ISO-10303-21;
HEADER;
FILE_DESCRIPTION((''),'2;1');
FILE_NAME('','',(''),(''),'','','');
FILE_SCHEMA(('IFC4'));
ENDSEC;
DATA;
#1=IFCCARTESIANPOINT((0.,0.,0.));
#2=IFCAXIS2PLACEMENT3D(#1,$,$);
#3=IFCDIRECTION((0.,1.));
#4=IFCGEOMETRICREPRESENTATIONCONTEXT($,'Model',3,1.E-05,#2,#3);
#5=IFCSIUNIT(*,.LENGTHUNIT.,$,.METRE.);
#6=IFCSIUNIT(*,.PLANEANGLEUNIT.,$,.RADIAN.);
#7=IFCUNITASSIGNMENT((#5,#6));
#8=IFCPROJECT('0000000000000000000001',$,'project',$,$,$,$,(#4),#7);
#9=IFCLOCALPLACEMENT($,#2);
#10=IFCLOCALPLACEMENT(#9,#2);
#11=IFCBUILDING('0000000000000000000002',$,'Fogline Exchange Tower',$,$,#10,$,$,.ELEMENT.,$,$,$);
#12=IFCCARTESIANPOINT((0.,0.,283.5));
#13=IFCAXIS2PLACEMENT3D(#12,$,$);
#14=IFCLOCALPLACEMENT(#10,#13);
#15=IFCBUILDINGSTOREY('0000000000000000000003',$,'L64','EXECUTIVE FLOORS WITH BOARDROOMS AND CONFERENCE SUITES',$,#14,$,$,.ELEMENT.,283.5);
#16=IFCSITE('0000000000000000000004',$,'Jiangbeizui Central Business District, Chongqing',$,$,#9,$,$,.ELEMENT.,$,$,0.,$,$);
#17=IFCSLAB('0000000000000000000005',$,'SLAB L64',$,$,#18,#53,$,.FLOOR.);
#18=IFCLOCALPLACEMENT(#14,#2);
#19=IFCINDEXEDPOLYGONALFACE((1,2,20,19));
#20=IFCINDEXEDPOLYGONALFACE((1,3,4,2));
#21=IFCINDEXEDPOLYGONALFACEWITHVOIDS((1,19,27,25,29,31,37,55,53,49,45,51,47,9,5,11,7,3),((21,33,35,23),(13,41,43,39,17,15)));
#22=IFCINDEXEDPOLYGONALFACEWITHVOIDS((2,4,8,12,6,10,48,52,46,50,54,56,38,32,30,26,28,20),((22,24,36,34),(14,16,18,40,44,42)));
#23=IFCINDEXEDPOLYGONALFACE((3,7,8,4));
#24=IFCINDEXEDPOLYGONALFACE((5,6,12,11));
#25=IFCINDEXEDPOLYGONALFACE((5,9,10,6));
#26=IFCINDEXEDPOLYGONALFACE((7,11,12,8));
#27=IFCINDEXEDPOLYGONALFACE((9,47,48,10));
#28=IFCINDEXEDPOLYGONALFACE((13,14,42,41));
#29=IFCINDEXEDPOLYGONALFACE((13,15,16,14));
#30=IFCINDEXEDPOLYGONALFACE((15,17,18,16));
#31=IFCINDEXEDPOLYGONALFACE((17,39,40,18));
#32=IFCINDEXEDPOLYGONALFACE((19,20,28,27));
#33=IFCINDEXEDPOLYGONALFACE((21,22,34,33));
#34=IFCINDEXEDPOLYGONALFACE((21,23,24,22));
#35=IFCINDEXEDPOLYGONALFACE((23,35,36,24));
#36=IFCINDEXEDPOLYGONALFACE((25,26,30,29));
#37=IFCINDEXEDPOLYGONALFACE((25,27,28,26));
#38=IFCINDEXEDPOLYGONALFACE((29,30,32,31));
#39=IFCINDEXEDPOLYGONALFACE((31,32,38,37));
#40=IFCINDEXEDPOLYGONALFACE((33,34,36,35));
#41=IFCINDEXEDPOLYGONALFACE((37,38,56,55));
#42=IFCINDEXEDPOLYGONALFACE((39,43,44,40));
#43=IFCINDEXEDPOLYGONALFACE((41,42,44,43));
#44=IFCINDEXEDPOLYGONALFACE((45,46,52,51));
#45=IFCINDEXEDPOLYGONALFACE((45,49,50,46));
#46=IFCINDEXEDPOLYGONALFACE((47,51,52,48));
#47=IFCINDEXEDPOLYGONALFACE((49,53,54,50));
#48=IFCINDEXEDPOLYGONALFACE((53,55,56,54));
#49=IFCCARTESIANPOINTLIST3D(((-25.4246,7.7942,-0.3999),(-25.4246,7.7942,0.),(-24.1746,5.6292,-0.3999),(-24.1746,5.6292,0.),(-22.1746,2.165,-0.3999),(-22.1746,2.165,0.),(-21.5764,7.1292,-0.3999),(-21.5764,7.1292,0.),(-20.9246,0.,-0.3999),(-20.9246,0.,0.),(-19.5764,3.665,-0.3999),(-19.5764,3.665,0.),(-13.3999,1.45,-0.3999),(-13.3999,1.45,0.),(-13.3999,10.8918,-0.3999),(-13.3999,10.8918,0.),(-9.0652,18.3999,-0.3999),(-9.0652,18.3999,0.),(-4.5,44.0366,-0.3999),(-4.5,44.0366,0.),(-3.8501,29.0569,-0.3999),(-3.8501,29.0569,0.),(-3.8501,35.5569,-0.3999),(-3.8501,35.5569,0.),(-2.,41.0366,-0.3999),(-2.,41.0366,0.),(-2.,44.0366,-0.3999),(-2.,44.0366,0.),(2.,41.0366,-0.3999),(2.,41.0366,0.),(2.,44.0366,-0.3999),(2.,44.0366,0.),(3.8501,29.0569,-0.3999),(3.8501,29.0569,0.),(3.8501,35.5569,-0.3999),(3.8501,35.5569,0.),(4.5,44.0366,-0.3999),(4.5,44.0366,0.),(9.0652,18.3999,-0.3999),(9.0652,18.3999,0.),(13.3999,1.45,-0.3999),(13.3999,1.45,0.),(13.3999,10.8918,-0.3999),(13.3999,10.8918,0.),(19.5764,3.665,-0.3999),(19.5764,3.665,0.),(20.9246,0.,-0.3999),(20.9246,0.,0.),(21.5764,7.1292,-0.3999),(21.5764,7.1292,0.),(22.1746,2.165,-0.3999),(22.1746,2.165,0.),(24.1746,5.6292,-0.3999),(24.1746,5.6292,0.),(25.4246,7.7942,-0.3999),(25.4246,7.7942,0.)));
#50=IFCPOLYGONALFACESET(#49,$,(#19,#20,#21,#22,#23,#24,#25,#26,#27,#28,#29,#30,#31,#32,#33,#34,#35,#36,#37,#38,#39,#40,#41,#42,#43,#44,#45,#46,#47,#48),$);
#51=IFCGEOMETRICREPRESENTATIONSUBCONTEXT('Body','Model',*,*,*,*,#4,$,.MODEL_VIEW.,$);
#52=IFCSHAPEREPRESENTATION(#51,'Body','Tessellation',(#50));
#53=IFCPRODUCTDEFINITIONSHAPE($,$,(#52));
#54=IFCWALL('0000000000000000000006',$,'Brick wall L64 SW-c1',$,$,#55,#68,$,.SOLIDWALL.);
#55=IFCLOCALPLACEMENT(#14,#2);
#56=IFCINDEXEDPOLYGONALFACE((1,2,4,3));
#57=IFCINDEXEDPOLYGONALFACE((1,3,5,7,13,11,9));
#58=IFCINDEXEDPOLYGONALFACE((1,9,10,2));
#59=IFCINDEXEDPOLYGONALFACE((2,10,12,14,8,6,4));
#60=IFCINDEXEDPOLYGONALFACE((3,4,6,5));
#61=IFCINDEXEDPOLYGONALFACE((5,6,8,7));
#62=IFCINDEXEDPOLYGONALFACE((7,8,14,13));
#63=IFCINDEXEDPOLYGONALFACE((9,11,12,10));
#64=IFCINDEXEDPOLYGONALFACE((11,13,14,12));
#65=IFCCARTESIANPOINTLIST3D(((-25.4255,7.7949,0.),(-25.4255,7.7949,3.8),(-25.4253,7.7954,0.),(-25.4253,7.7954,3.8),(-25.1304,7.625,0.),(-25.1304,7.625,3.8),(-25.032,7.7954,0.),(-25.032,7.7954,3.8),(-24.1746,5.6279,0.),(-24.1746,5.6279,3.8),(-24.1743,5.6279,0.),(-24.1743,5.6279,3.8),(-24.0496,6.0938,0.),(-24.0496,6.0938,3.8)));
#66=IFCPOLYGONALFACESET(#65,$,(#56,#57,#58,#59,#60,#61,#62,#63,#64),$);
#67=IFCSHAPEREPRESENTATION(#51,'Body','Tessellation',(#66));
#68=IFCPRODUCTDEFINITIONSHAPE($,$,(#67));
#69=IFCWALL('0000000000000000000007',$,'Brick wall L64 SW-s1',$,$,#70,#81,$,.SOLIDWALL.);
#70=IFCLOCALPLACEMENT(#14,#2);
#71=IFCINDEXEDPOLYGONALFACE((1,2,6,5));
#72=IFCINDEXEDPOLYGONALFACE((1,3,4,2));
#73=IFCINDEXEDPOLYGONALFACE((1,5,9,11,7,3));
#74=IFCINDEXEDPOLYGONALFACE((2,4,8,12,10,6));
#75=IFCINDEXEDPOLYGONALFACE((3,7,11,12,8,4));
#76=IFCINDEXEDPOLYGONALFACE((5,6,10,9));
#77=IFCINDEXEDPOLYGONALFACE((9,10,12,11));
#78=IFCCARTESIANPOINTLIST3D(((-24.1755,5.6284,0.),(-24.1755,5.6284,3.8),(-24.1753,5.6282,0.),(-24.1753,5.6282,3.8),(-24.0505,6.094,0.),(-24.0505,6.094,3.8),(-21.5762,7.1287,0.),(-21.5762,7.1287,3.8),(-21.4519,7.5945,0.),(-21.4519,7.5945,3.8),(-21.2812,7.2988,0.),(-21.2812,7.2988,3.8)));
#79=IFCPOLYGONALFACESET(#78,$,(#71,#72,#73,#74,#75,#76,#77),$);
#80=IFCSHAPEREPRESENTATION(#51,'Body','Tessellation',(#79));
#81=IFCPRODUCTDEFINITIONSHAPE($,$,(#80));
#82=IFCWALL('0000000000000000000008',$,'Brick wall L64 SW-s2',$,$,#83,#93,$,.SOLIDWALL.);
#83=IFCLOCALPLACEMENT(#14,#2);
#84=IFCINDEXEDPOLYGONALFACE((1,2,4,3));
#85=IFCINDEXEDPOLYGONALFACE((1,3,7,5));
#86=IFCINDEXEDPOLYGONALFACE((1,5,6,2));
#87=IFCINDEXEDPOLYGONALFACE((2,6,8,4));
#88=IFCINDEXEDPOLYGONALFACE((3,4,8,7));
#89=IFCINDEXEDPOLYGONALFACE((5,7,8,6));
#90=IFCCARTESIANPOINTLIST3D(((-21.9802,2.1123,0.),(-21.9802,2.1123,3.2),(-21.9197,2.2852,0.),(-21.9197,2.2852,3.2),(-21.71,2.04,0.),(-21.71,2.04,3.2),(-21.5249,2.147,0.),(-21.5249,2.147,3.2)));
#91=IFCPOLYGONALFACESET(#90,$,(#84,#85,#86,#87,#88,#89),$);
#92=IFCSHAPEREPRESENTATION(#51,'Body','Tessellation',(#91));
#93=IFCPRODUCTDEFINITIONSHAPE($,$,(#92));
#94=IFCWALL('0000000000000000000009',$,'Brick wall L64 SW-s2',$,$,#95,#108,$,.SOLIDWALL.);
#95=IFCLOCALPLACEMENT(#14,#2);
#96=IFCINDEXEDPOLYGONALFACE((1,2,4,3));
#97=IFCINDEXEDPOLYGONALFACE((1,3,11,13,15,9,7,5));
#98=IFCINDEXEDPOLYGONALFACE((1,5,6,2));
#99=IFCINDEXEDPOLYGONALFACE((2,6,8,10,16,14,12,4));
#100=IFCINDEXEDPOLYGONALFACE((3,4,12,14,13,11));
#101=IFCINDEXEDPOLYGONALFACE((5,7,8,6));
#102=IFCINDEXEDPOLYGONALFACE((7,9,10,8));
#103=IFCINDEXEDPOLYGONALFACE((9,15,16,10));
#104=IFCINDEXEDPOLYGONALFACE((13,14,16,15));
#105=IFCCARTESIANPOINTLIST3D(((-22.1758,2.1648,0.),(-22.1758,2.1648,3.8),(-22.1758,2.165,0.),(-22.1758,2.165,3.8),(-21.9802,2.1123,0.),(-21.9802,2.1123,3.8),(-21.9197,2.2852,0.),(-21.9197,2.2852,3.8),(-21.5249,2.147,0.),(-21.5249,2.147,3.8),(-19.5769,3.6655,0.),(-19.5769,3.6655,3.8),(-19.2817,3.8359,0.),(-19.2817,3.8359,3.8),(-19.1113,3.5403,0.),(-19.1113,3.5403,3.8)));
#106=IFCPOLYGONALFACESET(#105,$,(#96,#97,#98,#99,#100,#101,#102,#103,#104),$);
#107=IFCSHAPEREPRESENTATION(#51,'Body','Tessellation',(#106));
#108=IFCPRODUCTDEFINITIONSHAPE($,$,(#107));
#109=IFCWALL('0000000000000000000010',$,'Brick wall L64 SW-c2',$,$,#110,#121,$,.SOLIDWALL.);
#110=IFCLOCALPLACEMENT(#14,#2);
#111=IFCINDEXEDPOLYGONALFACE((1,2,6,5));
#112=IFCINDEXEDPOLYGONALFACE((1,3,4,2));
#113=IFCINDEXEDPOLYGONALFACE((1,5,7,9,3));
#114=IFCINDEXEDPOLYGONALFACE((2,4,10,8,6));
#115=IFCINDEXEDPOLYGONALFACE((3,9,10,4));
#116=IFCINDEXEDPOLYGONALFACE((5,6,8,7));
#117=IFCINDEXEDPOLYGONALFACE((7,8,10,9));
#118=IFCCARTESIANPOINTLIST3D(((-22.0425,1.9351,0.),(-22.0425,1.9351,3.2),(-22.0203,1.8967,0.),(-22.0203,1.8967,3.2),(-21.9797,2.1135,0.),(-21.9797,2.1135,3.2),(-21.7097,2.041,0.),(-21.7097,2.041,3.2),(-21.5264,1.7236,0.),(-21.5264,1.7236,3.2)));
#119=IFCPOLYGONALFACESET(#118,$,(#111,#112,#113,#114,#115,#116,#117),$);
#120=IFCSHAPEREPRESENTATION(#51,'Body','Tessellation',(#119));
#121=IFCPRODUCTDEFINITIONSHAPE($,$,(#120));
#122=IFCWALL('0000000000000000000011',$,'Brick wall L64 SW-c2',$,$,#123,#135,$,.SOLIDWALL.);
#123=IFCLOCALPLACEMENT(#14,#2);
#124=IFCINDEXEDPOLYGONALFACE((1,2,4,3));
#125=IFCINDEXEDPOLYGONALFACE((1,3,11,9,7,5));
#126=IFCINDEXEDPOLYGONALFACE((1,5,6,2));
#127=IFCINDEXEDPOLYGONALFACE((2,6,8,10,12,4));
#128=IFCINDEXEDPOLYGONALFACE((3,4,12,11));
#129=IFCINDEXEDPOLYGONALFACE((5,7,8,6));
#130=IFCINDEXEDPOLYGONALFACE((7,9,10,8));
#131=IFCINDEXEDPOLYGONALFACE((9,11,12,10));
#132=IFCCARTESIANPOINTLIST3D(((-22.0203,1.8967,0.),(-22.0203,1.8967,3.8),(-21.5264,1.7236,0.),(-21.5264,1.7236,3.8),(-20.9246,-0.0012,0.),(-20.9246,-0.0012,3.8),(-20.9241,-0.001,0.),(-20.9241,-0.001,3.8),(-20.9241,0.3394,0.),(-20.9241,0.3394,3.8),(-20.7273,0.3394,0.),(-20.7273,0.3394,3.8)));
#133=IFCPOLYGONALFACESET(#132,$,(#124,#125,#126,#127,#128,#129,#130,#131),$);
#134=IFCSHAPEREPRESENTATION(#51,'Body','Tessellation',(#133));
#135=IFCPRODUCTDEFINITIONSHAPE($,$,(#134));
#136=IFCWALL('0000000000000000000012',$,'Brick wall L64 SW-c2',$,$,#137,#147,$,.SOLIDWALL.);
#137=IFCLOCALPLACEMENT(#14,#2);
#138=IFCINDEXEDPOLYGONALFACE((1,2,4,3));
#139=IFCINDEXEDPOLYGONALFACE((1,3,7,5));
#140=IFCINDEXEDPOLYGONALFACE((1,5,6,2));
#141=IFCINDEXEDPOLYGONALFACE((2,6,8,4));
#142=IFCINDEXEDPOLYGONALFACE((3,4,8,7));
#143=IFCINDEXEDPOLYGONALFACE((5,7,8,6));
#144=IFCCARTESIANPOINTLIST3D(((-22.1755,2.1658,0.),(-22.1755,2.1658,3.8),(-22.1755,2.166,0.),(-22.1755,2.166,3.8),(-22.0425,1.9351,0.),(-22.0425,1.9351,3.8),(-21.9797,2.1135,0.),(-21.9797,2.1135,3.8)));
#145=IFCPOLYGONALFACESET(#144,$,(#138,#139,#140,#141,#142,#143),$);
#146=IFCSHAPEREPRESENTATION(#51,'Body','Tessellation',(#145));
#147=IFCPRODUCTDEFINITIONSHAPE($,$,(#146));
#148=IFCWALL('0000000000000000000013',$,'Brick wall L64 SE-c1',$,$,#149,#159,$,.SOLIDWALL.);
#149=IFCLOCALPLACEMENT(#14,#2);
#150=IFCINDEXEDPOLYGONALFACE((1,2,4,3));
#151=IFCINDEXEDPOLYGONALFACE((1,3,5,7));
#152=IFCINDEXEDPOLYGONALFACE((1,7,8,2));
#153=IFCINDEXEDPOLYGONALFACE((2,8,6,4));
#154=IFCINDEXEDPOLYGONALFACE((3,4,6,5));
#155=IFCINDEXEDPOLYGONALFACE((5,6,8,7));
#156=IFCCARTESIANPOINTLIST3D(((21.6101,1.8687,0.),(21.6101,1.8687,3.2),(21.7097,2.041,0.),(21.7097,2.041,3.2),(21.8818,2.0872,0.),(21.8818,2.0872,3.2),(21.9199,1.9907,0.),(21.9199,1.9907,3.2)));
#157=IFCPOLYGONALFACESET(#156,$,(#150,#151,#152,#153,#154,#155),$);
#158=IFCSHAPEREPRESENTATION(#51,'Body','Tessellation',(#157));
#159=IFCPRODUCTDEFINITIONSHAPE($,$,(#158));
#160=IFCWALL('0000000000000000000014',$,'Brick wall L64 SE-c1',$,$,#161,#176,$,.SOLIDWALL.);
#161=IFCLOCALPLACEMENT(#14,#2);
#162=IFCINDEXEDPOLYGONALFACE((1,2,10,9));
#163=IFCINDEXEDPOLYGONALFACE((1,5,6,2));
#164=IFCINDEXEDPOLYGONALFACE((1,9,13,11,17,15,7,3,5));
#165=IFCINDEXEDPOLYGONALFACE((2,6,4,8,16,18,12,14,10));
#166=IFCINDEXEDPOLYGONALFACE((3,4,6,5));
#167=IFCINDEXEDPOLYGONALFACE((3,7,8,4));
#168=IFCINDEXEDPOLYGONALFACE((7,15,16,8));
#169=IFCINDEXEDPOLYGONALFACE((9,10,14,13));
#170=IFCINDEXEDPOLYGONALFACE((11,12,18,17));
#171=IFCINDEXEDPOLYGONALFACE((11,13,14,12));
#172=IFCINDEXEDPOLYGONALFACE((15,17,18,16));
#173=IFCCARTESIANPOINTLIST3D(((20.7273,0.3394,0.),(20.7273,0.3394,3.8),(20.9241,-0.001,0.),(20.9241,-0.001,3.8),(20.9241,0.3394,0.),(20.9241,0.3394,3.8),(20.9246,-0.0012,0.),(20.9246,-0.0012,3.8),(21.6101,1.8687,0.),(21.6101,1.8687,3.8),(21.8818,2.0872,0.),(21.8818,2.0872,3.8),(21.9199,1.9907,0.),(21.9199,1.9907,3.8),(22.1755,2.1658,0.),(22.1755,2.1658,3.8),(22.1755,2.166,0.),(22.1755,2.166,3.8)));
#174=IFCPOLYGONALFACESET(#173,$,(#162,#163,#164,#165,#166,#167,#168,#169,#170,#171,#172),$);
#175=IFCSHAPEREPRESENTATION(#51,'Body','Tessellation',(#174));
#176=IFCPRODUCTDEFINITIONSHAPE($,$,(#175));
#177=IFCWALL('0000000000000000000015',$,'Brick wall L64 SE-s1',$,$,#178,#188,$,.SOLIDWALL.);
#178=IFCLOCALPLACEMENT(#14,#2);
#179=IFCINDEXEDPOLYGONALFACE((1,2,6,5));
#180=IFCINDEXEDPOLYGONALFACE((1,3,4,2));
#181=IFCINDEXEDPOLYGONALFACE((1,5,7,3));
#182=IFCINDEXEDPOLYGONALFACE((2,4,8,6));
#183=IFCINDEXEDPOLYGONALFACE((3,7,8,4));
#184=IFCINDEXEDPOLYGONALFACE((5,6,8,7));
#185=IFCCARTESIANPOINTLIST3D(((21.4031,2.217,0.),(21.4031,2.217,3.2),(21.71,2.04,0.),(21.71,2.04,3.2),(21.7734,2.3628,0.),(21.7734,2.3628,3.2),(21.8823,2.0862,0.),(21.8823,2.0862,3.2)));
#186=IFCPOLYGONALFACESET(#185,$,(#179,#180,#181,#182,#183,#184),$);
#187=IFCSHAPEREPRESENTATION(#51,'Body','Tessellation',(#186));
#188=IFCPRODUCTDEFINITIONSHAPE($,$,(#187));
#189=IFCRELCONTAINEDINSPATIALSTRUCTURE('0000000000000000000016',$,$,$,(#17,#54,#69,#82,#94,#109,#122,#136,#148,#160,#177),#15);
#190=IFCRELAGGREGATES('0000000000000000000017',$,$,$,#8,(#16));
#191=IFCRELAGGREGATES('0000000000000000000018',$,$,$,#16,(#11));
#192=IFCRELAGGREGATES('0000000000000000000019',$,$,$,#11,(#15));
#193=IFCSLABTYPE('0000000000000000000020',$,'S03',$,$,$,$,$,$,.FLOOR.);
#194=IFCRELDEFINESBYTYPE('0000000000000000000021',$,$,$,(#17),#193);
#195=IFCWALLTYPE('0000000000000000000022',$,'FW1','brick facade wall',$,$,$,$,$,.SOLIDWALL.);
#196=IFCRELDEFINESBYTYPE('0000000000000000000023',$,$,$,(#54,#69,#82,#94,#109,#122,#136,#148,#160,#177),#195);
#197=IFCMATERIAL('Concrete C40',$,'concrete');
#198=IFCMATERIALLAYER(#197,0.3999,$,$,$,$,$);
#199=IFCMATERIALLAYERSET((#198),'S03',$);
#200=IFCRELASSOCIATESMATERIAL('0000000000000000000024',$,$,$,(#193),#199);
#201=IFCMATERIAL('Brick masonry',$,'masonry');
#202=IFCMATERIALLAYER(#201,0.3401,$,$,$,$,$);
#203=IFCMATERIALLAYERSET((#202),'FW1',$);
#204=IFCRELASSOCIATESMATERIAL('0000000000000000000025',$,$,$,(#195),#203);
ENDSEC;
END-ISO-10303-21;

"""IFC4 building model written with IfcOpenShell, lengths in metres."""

from ifc_helpers import new_model, si_unit, direction, frame, origin, place, context, subcontext, project, spatial, polyline, outline, extrude, material, layer, layer_set, type_object, element, save


model = new_model("IFC4")

# Units and contexts
model_context = context("Model", 3, precision=1e-05, world=origin(), true_north=direction((0.0, 1.0)))
body_context = subcontext(model_context, "Body", "Model", "MODEL_VIEW")
ifc_project = project(units=[si_unit("LENGTHUNIT", "METRE"), si_unit("PLANEANGLEUNIT", "RADIAN")], contexts=[model_context])

# Site, building, storey
site_placement = place(None, origin())
site = spatial("IfcSite", under=ifc_project, at=site_placement, Name="Jiangbeizui Central Business District, Chongqing", CompositionType="ELEMENT", RefElevation=0.0)
building_placement = place(site_placement, origin())
building = spatial("IfcBuilding", under=site, at=building_placement, Name="Fogline Exchange Tower", CompositionType="ELEMENT")
storey_placement = place(building_placement, frame((0.0, 0.0, 283.5)))
storey = spatial("IfcBuildingStorey", under=building, at=storey_placement, Name="L64", Description="EXECUTIVE FLOORS WITH BOARDROOMS AND CONFERENCE SUITES", CompositionType="ELEMENT", Elevation=283.5)

# Slab
ifc_material_1 = material(Name="Concrete C40", Category="concrete")
ifc_layer_1 = layer(ifc_material_1, 0.3999)
ifc_layer_set_1 = layer_set([ifc_layer_1], Name="S03")
slab_type = type_object("IfcSlabType", Name="S03", PredefinedType="FLOOR", material=ifc_layer_set_1)
slab_placement = place(storey_placement, frame((0.0, 0.0, -0.3999)))
element("IfcSlab", 1, at=slab_placement, inside=storey, type_object=slab_type, Name="SLAB L64", PredefinedType="FLOOR", context=body_context, shape_type="SweptSolid", body=[
    extrude(outline(polyline([(-2.0, 44.0366), (-4.5, 44.0366), (-25.4246, 7.7942), (-24.1746, 5.6292), (-21.5764, 7.1292), (-19.5764, 3.665), (-22.1746, 2.165), (-20.9246, 0.0), (20.9246, 0.0), (22.1746, 2.165), (19.5764, 3.665), (21.5764, 7.1292), (24.1746, 5.6292), (25.4246, 7.7942), (4.5, 44.0366), (2.0, 44.0366), (2.0, 41.0366), (-2.0, 41.0366), (-2.0, 44.0366)]), holes=[polyline([(13.3999, 10.8918), (13.3999, 1.45), (-13.3999, 1.45), (-13.3999, 10.8918), (-9.0652, 18.3999), (9.0652, 18.3999), (13.3999, 10.8918)]), polyline([(3.8501, 35.5569), (3.8501, 29.0569), (-3.8501, 29.0569), (-3.8501, 35.5569), (3.8501, 35.5569)])]), origin(), (0.0, 0.0, 1.0), 0.3999),
])

# Walls
ifc_material_2 = material(Name="Brick masonry", Category="masonry")
ifc_layer_2 = layer(ifc_material_2, 0.3401)
ifc_layer_set_2 = layer_set([ifc_layer_2], Name="FW1")
wall_type = type_object("IfcWallType", Name="FW1", Description="brick facade wall", PredefinedType="SOLIDWALL", material=ifc_layer_set_2)
wall_1_placement = place(storey_placement, origin())
element("IfcWall", 2, at=wall_1_placement, inside=storey, type_object=wall_type, Name="Brick wall L64 SW-c1", PredefinedType="SOLIDWALL", context=body_context, shape_type="SweptSolid", body=[
    extrude(outline(polyline([(-24.1746, 5.6279), (-25.4255, 7.7949), (-25.4253, 7.7954), (-25.1304, 7.625), (-25.032, 7.7954), (-24.0496, 6.0938), (-24.1743, 5.6279), (-24.1746, 5.6279)])), origin(), (0.0, 0.0, 1.0), 3.8),
])
wall_2_placement = place(storey_placement, origin())
element("IfcWall", 3, at=wall_2_placement, inside=storey, type_object=wall_type, Name="Brick wall L64 SW-s1", PredefinedType="SOLIDWALL", context=body_context, shape_type="SweptSolid", body=[
    extrude(outline(polyline([(-21.4519, 7.5945), (-21.2812, 7.2988), (-21.5762, 7.1287), (-24.1753, 5.6282), (-24.1755, 5.6284), (-24.0505, 6.094), (-21.4519, 7.5945)])), origin(), (0.0, 0.0, 1.0), 3.8),
])
wall_3_placement = place(storey_placement, origin())
element("IfcWall", 4, at=wall_3_placement, inside=storey, type_object=wall_type, Name="Brick wall L64 SW-s2", PredefinedType="SOLIDWALL", context=body_context, shape_type="SweptSolid", body=[
    extrude(outline(polyline([(-21.71, 2.04), (-21.9802, 2.1123), (-21.9197, 2.2852), (-21.5249, 2.147), (-21.71, 2.04)])), origin(), (0.0, 0.0, 1.0), 3.2),
])
wall_4_placement = place(storey_placement, origin())
element("IfcWall", 5, at=wall_4_placement, inside=storey, type_object=wall_type, Name="Brick wall L64 SW-s2", PredefinedType="SOLIDWALL", context=body_context, shape_type="SweptSolid", body=[
    extrude(outline(polyline([(-19.5769, 3.6655), (-19.2817, 3.8359), (-19.1113, 3.5403), (-21.5249, 2.147), (-21.9197, 2.2852), (-21.9802, 2.1123), (-22.1758, 2.1648), (-22.1758, 2.165), (-19.5769, 3.6655)])), origin(), (0.0, 0.0, 1.0), 3.8),
])
wall_5_placement = place(storey_placement, origin())
element("IfcWall", 6, at=wall_5_placement, inside=storey, type_object=wall_type, Name="Brick wall L64 SW-c2", PredefinedType="SOLIDWALL", context=body_context, shape_type="SweptSolid", body=[
    extrude(outline(polyline([(-22.0425, 1.9351), (-21.9797, 2.1135), (-21.7097, 2.041), (-21.5264, 1.7236), (-22.0203, 1.8967), (-22.0425, 1.9351)])), origin(), (0.0, 0.0, 1.0), 3.2),
])
wall_6_placement = place(storey_placement, origin())
element("IfcWall", 7, at=wall_6_placement, inside=storey, type_object=wall_type, Name="Brick wall L64 SW-c2", PredefinedType="SOLIDWALL", context=body_context, shape_type="SweptSolid", body=[
    extrude(outline(polyline([(-20.9241, 0.3394), (-20.9241, -0.001), (-20.9246, -0.0012), (-22.0203, 1.8967), (-21.5264, 1.7236), (-20.7273, 0.3394), (-20.9241, 0.3394)])), origin(), (0.0, 0.0, 1.0), 3.8),
])
wall_7_placement = place(storey_placement, origin())
element("IfcWall", 8, at=wall_7_placement, inside=storey, type_object=wall_type, Name="Brick wall L64 SW-c2", PredefinedType="SOLIDWALL", context=body_context, shape_type="SweptSolid", body=[
    extrude(outline(polyline([(-22.1755, 2.1658), (-22.1755, 2.166), (-21.9797, 2.1135), (-22.0425, 1.9351), (-22.1755, 2.1658)])), origin(), (0.0, 0.0, 1.0), 3.8),
])
wall_8_placement = place(storey_placement, origin())
element("IfcWall", 9, at=wall_8_placement, inside=storey, type_object=wall_type, Name="Brick wall L64 SE-c1", PredefinedType="SOLIDWALL", context=body_context, shape_type="SweptSolid", body=[
    extrude(outline(polyline([(21.7097, 2.041), (21.8818, 2.0872), (21.9199, 1.9907), (21.6101, 1.8687), (21.7097, 2.041)])), origin(), (0.0, 0.0, 1.0), 3.2),
])
wall_9_placement = place(storey_placement, origin())
element("IfcWall", 10, at=wall_9_placement, inside=storey, type_object=wall_type, Name="Brick wall L64 SE-c1", PredefinedType="SOLIDWALL", context=body_context, shape_type="SweptSolid", body=[
    extrude(outline(polyline([(20.9246, -0.0012), (20.9241, -0.001), (20.9241, 0.3394), (20.7273, 0.3394), (21.6101, 1.8687), (21.9199, 1.9907), (21.8818, 2.0872), (22.1755, 2.166), (22.1755, 2.1658), (20.9246, -0.0012)])), origin(), (0.0, 0.0, 1.0), 3.8),
])
wall_10_placement = place(storey_placement, origin())
element("IfcWall", 11, at=wall_10_placement, inside=storey, type_object=wall_type, Name="Brick wall L64 SE-s1", PredefinedType="SOLIDWALL", context=body_context, shape_type="SweptSolid", body=[
    extrude(outline(polyline([(21.71, 2.04), (21.4031, 2.217), (21.7734, 2.3628), (21.8823, 2.0862), (21.71, 2.04)])), origin(), (0.0, 0.0, 1.0), 3.2),
])

save(model, "model.ifc")
